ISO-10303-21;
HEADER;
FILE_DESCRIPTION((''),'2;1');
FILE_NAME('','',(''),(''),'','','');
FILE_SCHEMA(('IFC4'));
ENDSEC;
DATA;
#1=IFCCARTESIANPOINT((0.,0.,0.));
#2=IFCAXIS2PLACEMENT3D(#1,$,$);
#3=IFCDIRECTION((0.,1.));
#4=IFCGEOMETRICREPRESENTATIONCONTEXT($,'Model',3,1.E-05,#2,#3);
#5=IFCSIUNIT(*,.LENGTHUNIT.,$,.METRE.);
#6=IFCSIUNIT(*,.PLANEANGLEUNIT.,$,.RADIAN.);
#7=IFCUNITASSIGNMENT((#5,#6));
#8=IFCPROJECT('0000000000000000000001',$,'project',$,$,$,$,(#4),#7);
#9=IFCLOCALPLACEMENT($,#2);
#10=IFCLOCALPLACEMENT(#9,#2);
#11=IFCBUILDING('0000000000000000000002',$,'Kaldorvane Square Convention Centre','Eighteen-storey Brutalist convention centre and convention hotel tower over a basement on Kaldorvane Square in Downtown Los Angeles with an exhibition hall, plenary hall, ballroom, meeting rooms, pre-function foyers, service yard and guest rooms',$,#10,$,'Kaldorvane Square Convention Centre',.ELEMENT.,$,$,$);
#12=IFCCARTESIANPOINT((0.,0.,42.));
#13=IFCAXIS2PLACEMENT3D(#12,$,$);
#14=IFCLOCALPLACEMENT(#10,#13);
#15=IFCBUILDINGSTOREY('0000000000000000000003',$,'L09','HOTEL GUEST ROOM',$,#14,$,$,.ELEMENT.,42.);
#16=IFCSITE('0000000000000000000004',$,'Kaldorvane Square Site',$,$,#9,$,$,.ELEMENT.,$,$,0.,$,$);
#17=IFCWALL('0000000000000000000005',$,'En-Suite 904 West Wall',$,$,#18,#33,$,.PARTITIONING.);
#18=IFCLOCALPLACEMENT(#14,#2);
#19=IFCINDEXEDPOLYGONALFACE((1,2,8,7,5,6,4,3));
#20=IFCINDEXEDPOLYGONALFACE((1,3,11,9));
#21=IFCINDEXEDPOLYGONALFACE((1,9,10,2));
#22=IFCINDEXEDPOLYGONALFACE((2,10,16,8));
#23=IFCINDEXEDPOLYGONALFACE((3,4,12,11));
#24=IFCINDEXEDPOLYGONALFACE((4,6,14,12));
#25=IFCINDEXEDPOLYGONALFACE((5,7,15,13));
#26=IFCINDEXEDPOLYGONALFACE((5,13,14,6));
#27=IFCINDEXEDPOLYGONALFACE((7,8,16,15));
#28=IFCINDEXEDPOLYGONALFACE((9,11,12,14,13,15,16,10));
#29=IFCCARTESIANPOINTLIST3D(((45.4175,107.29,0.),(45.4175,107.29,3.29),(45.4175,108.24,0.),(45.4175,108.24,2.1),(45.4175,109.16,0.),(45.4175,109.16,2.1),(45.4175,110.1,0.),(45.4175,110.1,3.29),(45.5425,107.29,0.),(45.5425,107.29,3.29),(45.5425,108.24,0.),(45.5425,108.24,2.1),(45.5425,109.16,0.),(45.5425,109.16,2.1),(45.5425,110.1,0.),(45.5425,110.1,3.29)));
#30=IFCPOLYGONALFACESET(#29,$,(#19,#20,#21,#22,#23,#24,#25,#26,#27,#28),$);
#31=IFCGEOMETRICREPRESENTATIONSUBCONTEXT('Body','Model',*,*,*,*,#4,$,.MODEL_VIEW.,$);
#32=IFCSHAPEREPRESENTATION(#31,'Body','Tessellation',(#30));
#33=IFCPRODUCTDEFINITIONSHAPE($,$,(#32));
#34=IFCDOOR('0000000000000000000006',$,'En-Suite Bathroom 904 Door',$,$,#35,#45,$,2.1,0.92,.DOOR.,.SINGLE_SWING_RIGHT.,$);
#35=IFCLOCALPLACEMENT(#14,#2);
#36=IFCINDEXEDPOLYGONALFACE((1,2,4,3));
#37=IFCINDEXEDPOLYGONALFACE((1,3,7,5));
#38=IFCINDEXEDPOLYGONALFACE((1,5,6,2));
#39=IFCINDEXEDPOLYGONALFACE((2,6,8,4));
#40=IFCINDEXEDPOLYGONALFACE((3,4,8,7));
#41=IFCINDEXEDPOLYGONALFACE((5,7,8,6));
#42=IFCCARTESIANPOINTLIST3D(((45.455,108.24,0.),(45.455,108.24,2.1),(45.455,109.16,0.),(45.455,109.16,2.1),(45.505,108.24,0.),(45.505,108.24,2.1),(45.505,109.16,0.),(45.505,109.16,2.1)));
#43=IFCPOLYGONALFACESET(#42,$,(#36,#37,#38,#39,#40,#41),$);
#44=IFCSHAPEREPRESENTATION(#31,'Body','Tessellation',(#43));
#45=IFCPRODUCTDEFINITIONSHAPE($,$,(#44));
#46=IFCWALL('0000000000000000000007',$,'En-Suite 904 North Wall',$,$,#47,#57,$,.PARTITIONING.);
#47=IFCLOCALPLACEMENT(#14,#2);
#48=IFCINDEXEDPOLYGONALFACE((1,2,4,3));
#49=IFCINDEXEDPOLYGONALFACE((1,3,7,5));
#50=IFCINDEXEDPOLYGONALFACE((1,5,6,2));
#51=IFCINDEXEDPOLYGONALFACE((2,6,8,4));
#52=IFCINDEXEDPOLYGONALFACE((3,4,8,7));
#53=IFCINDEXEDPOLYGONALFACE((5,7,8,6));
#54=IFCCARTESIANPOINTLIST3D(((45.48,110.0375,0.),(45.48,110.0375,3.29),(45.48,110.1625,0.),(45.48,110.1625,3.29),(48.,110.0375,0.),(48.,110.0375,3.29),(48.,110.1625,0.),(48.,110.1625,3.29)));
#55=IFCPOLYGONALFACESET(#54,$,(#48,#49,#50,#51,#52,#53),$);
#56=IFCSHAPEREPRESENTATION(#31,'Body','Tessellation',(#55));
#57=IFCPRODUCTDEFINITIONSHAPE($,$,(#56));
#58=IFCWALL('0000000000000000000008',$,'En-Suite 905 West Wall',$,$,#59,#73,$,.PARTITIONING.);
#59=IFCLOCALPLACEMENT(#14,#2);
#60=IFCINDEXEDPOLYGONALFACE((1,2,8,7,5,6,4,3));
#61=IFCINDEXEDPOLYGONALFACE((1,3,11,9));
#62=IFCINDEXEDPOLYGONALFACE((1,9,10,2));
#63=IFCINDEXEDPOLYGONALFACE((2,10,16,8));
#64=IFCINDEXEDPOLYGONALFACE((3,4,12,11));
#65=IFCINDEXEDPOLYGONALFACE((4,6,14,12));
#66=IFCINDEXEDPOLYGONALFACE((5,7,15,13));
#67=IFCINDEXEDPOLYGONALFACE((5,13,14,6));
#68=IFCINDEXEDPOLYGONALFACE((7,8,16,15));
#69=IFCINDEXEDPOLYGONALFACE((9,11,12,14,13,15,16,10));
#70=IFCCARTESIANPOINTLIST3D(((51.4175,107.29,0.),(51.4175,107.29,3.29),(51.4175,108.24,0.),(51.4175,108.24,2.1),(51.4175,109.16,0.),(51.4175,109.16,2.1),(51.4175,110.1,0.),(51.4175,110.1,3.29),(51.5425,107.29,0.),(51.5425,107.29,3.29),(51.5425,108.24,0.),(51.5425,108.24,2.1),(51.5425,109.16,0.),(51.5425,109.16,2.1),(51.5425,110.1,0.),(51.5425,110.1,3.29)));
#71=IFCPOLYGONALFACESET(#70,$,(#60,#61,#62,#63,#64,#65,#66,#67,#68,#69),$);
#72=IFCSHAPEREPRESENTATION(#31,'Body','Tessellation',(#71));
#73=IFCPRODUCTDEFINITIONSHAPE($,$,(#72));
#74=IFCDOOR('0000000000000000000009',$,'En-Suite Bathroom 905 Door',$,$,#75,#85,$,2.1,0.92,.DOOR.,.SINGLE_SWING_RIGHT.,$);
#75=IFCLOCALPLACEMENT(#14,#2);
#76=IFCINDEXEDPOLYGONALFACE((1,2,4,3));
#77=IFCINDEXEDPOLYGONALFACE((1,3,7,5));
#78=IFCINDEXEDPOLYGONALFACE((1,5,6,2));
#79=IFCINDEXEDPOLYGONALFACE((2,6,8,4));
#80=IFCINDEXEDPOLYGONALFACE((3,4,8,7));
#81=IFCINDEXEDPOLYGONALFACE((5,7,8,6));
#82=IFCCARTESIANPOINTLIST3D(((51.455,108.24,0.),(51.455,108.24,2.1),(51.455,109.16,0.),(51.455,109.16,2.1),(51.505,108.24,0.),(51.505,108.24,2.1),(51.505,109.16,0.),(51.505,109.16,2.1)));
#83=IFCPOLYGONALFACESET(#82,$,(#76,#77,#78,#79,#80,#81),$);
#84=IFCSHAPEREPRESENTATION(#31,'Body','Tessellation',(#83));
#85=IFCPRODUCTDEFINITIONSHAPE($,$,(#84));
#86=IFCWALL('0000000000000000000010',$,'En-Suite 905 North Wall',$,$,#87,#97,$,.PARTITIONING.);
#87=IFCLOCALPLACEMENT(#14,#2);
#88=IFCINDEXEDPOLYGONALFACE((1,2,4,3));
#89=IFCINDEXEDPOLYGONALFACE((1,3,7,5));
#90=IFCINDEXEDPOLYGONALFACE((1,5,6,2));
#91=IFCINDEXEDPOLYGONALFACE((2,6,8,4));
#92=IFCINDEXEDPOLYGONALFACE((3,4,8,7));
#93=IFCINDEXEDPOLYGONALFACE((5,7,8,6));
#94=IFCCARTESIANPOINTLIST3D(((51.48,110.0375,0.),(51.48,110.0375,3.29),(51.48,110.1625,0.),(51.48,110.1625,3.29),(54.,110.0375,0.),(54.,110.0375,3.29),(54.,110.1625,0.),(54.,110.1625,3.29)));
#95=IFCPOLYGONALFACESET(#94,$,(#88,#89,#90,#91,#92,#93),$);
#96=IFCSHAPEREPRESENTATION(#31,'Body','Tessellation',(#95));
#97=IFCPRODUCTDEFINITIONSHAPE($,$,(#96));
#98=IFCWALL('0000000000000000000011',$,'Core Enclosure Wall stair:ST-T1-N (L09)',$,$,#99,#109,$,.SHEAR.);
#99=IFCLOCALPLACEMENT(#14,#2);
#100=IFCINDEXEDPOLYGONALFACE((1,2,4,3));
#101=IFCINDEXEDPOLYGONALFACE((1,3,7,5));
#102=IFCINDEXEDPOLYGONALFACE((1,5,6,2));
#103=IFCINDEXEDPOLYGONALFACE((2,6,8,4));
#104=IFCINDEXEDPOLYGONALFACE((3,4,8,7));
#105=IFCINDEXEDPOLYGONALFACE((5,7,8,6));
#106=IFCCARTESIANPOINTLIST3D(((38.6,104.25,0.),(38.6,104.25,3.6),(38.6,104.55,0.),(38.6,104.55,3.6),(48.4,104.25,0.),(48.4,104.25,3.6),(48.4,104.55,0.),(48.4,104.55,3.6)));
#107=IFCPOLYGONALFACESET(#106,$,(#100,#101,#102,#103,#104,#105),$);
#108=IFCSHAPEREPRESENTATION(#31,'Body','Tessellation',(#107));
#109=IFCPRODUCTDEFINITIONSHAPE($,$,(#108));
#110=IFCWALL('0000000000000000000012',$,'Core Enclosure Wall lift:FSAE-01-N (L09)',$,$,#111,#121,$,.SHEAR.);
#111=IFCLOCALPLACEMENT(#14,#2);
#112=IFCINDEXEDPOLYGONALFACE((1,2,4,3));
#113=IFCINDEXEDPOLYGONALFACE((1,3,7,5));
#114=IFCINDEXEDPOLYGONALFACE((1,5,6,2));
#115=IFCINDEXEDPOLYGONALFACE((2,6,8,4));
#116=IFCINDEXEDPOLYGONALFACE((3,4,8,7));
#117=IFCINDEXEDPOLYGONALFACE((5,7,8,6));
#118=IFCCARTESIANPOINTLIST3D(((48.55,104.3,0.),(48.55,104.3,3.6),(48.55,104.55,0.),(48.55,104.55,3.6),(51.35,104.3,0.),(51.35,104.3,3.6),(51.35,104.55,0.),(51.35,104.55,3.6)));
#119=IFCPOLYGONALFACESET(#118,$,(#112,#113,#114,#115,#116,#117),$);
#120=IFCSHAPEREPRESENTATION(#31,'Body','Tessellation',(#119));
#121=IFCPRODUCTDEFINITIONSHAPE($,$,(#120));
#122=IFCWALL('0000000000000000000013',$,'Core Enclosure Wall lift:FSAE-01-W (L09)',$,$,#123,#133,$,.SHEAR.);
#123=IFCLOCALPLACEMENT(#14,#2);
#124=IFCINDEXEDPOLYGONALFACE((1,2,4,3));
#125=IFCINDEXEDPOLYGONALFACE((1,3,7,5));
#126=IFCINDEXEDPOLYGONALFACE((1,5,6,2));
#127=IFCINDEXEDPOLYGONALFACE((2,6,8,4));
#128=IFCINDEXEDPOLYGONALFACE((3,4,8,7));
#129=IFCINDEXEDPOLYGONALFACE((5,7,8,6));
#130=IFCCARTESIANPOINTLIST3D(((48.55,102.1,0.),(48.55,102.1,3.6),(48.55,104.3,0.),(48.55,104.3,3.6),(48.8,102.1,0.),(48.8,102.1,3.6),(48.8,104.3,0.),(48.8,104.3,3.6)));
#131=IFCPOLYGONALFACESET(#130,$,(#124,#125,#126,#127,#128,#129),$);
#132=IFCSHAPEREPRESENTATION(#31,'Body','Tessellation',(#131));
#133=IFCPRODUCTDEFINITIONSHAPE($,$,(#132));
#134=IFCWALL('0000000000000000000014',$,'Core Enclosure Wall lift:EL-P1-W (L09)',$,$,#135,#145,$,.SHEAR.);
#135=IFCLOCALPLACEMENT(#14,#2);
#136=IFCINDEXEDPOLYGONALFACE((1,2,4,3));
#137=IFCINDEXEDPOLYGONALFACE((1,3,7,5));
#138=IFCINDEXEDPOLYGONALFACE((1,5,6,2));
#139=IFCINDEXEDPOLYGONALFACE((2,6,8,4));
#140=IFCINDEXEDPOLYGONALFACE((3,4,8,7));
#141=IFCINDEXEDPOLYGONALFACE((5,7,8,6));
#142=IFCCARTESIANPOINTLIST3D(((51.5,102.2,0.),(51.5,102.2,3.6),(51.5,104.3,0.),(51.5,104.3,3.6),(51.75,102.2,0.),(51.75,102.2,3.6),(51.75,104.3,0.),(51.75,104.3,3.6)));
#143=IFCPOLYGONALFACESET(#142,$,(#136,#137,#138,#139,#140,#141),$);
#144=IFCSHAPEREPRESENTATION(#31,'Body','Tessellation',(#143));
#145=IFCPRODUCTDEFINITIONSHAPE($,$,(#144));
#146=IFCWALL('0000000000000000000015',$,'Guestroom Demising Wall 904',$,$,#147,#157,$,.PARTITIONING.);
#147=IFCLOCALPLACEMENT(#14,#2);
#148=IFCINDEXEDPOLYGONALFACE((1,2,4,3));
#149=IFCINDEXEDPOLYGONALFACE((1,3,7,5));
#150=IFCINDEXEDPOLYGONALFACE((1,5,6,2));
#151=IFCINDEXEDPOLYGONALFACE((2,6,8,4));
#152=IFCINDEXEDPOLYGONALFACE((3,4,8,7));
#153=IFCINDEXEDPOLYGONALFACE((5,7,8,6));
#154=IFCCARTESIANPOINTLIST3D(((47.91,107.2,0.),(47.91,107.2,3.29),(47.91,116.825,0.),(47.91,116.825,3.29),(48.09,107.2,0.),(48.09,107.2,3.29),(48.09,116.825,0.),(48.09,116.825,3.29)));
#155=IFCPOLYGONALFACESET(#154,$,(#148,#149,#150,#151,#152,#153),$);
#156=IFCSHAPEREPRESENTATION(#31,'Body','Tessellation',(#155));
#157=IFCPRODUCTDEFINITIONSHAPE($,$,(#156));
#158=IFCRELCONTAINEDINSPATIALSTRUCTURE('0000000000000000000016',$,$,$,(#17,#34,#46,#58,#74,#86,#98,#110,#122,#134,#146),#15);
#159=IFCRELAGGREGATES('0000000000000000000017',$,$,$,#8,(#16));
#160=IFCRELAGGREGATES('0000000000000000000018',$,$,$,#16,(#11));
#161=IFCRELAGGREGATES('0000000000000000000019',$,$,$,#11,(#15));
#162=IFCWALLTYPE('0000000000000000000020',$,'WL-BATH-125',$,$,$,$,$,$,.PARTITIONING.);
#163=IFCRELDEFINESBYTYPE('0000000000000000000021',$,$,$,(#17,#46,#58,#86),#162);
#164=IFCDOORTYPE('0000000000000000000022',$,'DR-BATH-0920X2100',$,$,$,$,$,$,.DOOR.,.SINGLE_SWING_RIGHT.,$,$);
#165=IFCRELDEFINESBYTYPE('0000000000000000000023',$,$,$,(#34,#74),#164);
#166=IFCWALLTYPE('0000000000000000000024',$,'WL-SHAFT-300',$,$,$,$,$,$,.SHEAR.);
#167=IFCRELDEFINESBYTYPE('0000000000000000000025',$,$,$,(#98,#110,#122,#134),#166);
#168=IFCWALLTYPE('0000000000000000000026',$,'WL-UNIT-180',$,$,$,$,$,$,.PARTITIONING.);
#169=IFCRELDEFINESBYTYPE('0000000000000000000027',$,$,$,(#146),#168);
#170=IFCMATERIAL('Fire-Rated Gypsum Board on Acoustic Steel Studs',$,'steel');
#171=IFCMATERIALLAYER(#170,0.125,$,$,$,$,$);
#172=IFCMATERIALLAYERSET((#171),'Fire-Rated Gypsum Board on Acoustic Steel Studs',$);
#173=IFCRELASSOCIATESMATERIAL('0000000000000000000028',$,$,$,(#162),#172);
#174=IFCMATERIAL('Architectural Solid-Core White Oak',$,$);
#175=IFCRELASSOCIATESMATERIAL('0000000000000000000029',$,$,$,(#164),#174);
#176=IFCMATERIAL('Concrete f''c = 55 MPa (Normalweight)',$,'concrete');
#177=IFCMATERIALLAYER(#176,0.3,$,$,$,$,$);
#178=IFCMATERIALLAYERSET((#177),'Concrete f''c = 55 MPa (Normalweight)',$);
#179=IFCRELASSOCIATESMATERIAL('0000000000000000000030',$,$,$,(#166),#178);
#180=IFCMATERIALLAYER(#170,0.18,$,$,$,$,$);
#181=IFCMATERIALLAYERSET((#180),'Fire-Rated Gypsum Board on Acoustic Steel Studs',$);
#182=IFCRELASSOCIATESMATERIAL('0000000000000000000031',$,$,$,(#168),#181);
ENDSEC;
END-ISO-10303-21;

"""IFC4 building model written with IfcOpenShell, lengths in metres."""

from ifc_helpers import new_model, si_unit, direction, frame, frame_2d, origin, place, context, subcontext, project, spatial, rectangle, extrude, material, layer, layer_set, type_object, element, fill, save


model = new_model("IFC4")

# Units and contexts
model_context = context("Model", 3, precision=1e-05, world=origin(), true_north=direction((0.0, 1.0)))
body_context = subcontext(model_context, "Body", "Model", "MODEL_VIEW")
ifc_project = project(units=[si_unit("LENGTHUNIT", "METRE"), si_unit("PLANEANGLEUNIT", "RADIAN")], contexts=[model_context])

# Site, building, storey
site_placement = place(None, origin())
site = spatial("IfcSite", under=ifc_project, at=site_placement, Name="Kaldorvane Square Site", CompositionType="ELEMENT", RefElevation=0.0)
building_placement = place(site_placement, origin())
building = spatial("IfcBuilding", under=site, at=building_placement, Name="Kaldorvane Square Convention Centre", Description="Eighteen-storey Brutalist convention centre and convention hotel tower over a basement on Kaldorvane Square in Downtown Los Angeles with an exhibition hall, plenary hall, ballroom, meeting rooms, pre-function foyers, service yard and guest rooms", LongName="Kaldorvane Square Convention Centre", CompositionType="ELEMENT")
storey_placement = place(building_placement, frame((0.0, 0.0, 42.0)))
storey = spatial("IfcBuildingStorey", under=building, at=storey_placement, Name="L09", Description="HOTEL GUEST ROOM", CompositionType="ELEMENT", Elevation=42.0)

# Wall, opening, door
ifc_material_1 = material(Name="Fire-Rated Gypsum Board on Acoustic Steel Studs", Category="steel")
ifc_layer_1 = layer(ifc_material_1, 0.125)
ifc_layer_set_1 = layer_set([ifc_layer_1], Name="Fire-Rated Gypsum Board on Acoustic Steel Studs")
wall_type_1 = type_object("IfcWallType", Name="WL-BATH-125", PredefinedType="PARTITIONING", material=ifc_layer_set_1)
wall_1_placement = place(storey_placement, frame((45.48, 107.29, 0.0), z_axis=(0.0, 0.0, 1.0), x_axis=(0.0, 1.0, 0.0)))
wall_1 = element("IfcWall", 1, at=wall_1_placement, inside=storey, type_object=wall_type_1, Name="En-Suite 904 West Wall", PredefinedType="PARTITIONING", context=body_context, shape_type="SweptSolid", body=[
    extrude(rectangle(XDim=2.81, YDim=0.125, at=frame_2d((1.405, 0.0))), origin(), (0.0, 0.0, 1.0), 3.29),
])
opening_1_placement = place(wall_1_placement, frame((0.95, 0.0, 0.0)))
opening_1 = element("IfcOpeningElement", 2, at=opening_1_placement, cuts=wall_1, PredefinedType="OPENING", context=body_context, shape_type="SweptSolid", body=[
    extrude(rectangle(XDim=0.92, YDim=2.1, at=frame_2d((0.46, 1.05))), frame((0.0, 0.0775, 0.0), z_axis=(0.0, -1.0, 0.0), x_axis=(1.0, 0.0, 0.0)), (0.0, 0.0, 1.0), 0.155),
])
ifc_material_2 = material(Name="Architectural Solid-Core White Oak")
door_type_1 = type_object("IfcDoorType", Name="DR-BATH-0920X2100", OperationType="SINGLE_SWING_RIGHT", PredefinedType="DOOR", material=ifc_material_2)
door_1_placement = place(opening_1_placement, origin())
door_1 = element("IfcDoor", 3, at=door_1_placement, inside=storey, type_object=door_type_1, Name="En-Suite Bathroom 904 Door", OperationType="SINGLE_SWING_RIGHT", OverallHeight=2.1, OverallWidth=0.92, PredefinedType="DOOR", context=body_context, shape_type="SweptSolid", body=[
    extrude(rectangle(XDim=0.92, YDim=2.1, at=frame_2d((0.46, 1.05))), frame((0.0, 0.025, 0.0), z_axis=(0.0, -1.0, 0.0), x_axis=(1.0, 0.0, 0.0)), (0.0, 0.0, 1.0), 0.05),
])
fill(opening_1, door_1)

# Wall
wall_2_placement = place(storey_placement, frame((45.48, 110.1, 0.0), z_axis=(0.0, 0.0, 1.0), x_axis=(1.0, 0.0, 0.0)))
element("IfcWall", 4, at=wall_2_placement, inside=storey, type_object=wall_type_1, Name="En-Suite 904 North Wall", PredefinedType="PARTITIONING", context=body_context, shape_type="SweptSolid", body=[
    extrude(rectangle(XDim=2.52, YDim=0.125, at=frame_2d((1.26, 0.0))), origin(), (0.0, 0.0, 1.0), 3.29),
])

# Wall, opening, door
wall_3_placement = place(storey_placement, frame((51.48, 107.29, 0.0), z_axis=(0.0, 0.0, 1.0), x_axis=(0.0, 1.0, 0.0)))
wall_3 = element("IfcWall", 5, at=wall_3_placement, inside=storey, type_object=wall_type_1, Name="En-Suite 905 West Wall", PredefinedType="PARTITIONING", context=body_context, shape_type="SweptSolid", body=[
    extrude(rectangle(XDim=2.81, YDim=0.125, at=frame_2d((1.405, 0.0))), origin(), (0.0, 0.0, 1.0), 3.29),
])
opening_2_placement = place(wall_3_placement, frame((0.95, 0.0, 0.0)))
opening_2 = element("IfcOpeningElement", 6, at=opening_2_placement, cuts=wall_3, PredefinedType="OPENING", context=body_context, shape_type="SweptSolid", body=[
    extrude(rectangle(XDim=0.92, YDim=2.1, at=frame_2d((0.46, 1.05))), frame((0.0, 0.0775, 0.0), z_axis=(0.0, -1.0, 0.0), x_axis=(1.0, 0.0, 0.0)), (0.0, 0.0, 1.0), 0.155),
])
door_2_placement = place(opening_2_placement, origin())
door_2 = element("IfcDoor", 7, at=door_2_placement, inside=storey, type_object=door_type_1, Name="En-Suite Bathroom 905 Door", OperationType="SINGLE_SWING_RIGHT", OverallHeight=2.1, OverallWidth=0.92, PredefinedType="DOOR", context=body_context, shape_type="SweptSolid", body=[
    extrude(rectangle(XDim=0.92, YDim=2.1, at=frame_2d((0.46, 1.05))), frame((0.0, 0.025, 0.0), z_axis=(0.0, -1.0, 0.0), x_axis=(1.0, 0.0, 0.0)), (0.0, 0.0, 1.0), 0.05),
])
fill(opening_2, door_2)

# Walls
wall_4_placement = place(storey_placement, frame((51.48, 110.1, 0.0), z_axis=(0.0, 0.0, 1.0), x_axis=(1.0, 0.0, 0.0)))
element("IfcWall", 8, at=wall_4_placement, inside=storey, type_object=wall_type_1, Name="En-Suite 905 North Wall", PredefinedType="PARTITIONING", context=body_context, shape_type="SweptSolid", body=[
    extrude(rectangle(XDim=2.52, YDim=0.125, at=frame_2d((1.26, 0.0))), origin(), (0.0, 0.0, 1.0), 3.29),
])
ifc_material_3 = material(Name="Concrete f'c = 55 MPa (Normalweight)", Category="concrete")
ifc_layer_2 = layer(ifc_material_3, 0.3)
ifc_layer_set_2 = layer_set([ifc_layer_2], Name="Concrete f'c = 55 MPa (Normalweight)")
wall_type_2 = type_object("IfcWallType", Name="WL-SHAFT-300", PredefinedType="SHEAR", material=ifc_layer_set_2)
wall_5_placement = place(storey_placement, frame((48.4, 104.4, 0.0), z_axis=(0.0, 0.0, 1.0), x_axis=(-1.0, 0.0, 0.0)))
element("IfcWall", 9, at=wall_5_placement, inside=storey, type_object=wall_type_2, Name="Core Enclosure Wall stair:ST-T1-N (L09)", PredefinedType="SHEAR", context=body_context, shape_type="SweptSolid", body=[
    extrude(rectangle(XDim=9.8, YDim=0.3, at=frame_2d((4.9, 0.0))), origin(), (0.0, 0.0, 1.0), 3.6),
])
wall_6_placement = place(storey_placement, frame((51.35, 104.425, 0.0), z_axis=(0.0, 0.0, 1.0), x_axis=(-1.0, 0.0, 0.0)))
element("IfcWall", 10, at=wall_6_placement, inside=storey, type_object=wall_type_2, Name="Core Enclosure Wall lift:FSAE-01-N (L09)", PredefinedType="SHEAR", context=body_context, shape_type="SweptSolid", body=[
    extrude(rectangle(XDim=2.8, YDim=0.25, at=frame_2d((1.4, 0.0))), origin(), (0.0, 0.0, 1.0), 3.6),
])
wall_7_placement = place(storey_placement, frame((48.675, 104.3, 0.0), z_axis=(0.0, 0.0, 1.0), x_axis=(0.0, -1.0, 0.0)))
element("IfcWall", 11, at=wall_7_placement, inside=storey, type_object=wall_type_2, Name="Core Enclosure Wall lift:FSAE-01-W (L09)", PredefinedType="SHEAR", context=body_context, shape_type="SweptSolid", body=[
    extrude(rectangle(XDim=2.2, YDim=0.25, at=frame_2d((1.1, 0.0))), origin(), (0.0, 0.0, 1.0), 3.6),
])
wall_8_placement = place(storey_placement, frame((51.625, 104.3, 0.0), z_axis=(0.0, 0.0, 1.0), x_axis=(0.0, -1.0, 0.0)))
element("IfcWall", 12, at=wall_8_placement, inside=storey, type_object=wall_type_2, Name="Core Enclosure Wall lift:EL-P1-W (L09)", PredefinedType="SHEAR", context=body_context, shape_type="SweptSolid", body=[
    extrude(rectangle(XDim=2.1, YDim=0.25, at=frame_2d((1.05, 0.0))), origin(), (0.0, 0.0, 1.0), 3.6),
])
ifc_layer_3 = layer(ifc_material_1, 0.18)
ifc_layer_set_3 = layer_set([ifc_layer_3], Name="Fire-Rated Gypsum Board on Acoustic Steel Studs")
wall_type_3 = type_object("IfcWallType", Name="WL-UNIT-180", PredefinedType="PARTITIONING", material=ifc_layer_set_3)
wall_9_placement = place(storey_placement, frame((48.0, 107.2, 0.0), z_axis=(0.0, 0.0, 1.0), x_axis=(0.0, 1.0, 0.0)))
element("IfcWall", 13, at=wall_9_placement, inside=storey, type_object=wall_type_3, Name="Guestroom Demising Wall 904", PredefinedType="PARTITIONING", context=body_context, shape_type="SweptSolid", body=[
    extrude(rectangle(XDim=9.625, YDim=0.18, at=frame_2d((4.8125, 0.0))), origin(), (0.0, 0.0, 1.0), 3.29),
])

save(model, "model.ifc")
